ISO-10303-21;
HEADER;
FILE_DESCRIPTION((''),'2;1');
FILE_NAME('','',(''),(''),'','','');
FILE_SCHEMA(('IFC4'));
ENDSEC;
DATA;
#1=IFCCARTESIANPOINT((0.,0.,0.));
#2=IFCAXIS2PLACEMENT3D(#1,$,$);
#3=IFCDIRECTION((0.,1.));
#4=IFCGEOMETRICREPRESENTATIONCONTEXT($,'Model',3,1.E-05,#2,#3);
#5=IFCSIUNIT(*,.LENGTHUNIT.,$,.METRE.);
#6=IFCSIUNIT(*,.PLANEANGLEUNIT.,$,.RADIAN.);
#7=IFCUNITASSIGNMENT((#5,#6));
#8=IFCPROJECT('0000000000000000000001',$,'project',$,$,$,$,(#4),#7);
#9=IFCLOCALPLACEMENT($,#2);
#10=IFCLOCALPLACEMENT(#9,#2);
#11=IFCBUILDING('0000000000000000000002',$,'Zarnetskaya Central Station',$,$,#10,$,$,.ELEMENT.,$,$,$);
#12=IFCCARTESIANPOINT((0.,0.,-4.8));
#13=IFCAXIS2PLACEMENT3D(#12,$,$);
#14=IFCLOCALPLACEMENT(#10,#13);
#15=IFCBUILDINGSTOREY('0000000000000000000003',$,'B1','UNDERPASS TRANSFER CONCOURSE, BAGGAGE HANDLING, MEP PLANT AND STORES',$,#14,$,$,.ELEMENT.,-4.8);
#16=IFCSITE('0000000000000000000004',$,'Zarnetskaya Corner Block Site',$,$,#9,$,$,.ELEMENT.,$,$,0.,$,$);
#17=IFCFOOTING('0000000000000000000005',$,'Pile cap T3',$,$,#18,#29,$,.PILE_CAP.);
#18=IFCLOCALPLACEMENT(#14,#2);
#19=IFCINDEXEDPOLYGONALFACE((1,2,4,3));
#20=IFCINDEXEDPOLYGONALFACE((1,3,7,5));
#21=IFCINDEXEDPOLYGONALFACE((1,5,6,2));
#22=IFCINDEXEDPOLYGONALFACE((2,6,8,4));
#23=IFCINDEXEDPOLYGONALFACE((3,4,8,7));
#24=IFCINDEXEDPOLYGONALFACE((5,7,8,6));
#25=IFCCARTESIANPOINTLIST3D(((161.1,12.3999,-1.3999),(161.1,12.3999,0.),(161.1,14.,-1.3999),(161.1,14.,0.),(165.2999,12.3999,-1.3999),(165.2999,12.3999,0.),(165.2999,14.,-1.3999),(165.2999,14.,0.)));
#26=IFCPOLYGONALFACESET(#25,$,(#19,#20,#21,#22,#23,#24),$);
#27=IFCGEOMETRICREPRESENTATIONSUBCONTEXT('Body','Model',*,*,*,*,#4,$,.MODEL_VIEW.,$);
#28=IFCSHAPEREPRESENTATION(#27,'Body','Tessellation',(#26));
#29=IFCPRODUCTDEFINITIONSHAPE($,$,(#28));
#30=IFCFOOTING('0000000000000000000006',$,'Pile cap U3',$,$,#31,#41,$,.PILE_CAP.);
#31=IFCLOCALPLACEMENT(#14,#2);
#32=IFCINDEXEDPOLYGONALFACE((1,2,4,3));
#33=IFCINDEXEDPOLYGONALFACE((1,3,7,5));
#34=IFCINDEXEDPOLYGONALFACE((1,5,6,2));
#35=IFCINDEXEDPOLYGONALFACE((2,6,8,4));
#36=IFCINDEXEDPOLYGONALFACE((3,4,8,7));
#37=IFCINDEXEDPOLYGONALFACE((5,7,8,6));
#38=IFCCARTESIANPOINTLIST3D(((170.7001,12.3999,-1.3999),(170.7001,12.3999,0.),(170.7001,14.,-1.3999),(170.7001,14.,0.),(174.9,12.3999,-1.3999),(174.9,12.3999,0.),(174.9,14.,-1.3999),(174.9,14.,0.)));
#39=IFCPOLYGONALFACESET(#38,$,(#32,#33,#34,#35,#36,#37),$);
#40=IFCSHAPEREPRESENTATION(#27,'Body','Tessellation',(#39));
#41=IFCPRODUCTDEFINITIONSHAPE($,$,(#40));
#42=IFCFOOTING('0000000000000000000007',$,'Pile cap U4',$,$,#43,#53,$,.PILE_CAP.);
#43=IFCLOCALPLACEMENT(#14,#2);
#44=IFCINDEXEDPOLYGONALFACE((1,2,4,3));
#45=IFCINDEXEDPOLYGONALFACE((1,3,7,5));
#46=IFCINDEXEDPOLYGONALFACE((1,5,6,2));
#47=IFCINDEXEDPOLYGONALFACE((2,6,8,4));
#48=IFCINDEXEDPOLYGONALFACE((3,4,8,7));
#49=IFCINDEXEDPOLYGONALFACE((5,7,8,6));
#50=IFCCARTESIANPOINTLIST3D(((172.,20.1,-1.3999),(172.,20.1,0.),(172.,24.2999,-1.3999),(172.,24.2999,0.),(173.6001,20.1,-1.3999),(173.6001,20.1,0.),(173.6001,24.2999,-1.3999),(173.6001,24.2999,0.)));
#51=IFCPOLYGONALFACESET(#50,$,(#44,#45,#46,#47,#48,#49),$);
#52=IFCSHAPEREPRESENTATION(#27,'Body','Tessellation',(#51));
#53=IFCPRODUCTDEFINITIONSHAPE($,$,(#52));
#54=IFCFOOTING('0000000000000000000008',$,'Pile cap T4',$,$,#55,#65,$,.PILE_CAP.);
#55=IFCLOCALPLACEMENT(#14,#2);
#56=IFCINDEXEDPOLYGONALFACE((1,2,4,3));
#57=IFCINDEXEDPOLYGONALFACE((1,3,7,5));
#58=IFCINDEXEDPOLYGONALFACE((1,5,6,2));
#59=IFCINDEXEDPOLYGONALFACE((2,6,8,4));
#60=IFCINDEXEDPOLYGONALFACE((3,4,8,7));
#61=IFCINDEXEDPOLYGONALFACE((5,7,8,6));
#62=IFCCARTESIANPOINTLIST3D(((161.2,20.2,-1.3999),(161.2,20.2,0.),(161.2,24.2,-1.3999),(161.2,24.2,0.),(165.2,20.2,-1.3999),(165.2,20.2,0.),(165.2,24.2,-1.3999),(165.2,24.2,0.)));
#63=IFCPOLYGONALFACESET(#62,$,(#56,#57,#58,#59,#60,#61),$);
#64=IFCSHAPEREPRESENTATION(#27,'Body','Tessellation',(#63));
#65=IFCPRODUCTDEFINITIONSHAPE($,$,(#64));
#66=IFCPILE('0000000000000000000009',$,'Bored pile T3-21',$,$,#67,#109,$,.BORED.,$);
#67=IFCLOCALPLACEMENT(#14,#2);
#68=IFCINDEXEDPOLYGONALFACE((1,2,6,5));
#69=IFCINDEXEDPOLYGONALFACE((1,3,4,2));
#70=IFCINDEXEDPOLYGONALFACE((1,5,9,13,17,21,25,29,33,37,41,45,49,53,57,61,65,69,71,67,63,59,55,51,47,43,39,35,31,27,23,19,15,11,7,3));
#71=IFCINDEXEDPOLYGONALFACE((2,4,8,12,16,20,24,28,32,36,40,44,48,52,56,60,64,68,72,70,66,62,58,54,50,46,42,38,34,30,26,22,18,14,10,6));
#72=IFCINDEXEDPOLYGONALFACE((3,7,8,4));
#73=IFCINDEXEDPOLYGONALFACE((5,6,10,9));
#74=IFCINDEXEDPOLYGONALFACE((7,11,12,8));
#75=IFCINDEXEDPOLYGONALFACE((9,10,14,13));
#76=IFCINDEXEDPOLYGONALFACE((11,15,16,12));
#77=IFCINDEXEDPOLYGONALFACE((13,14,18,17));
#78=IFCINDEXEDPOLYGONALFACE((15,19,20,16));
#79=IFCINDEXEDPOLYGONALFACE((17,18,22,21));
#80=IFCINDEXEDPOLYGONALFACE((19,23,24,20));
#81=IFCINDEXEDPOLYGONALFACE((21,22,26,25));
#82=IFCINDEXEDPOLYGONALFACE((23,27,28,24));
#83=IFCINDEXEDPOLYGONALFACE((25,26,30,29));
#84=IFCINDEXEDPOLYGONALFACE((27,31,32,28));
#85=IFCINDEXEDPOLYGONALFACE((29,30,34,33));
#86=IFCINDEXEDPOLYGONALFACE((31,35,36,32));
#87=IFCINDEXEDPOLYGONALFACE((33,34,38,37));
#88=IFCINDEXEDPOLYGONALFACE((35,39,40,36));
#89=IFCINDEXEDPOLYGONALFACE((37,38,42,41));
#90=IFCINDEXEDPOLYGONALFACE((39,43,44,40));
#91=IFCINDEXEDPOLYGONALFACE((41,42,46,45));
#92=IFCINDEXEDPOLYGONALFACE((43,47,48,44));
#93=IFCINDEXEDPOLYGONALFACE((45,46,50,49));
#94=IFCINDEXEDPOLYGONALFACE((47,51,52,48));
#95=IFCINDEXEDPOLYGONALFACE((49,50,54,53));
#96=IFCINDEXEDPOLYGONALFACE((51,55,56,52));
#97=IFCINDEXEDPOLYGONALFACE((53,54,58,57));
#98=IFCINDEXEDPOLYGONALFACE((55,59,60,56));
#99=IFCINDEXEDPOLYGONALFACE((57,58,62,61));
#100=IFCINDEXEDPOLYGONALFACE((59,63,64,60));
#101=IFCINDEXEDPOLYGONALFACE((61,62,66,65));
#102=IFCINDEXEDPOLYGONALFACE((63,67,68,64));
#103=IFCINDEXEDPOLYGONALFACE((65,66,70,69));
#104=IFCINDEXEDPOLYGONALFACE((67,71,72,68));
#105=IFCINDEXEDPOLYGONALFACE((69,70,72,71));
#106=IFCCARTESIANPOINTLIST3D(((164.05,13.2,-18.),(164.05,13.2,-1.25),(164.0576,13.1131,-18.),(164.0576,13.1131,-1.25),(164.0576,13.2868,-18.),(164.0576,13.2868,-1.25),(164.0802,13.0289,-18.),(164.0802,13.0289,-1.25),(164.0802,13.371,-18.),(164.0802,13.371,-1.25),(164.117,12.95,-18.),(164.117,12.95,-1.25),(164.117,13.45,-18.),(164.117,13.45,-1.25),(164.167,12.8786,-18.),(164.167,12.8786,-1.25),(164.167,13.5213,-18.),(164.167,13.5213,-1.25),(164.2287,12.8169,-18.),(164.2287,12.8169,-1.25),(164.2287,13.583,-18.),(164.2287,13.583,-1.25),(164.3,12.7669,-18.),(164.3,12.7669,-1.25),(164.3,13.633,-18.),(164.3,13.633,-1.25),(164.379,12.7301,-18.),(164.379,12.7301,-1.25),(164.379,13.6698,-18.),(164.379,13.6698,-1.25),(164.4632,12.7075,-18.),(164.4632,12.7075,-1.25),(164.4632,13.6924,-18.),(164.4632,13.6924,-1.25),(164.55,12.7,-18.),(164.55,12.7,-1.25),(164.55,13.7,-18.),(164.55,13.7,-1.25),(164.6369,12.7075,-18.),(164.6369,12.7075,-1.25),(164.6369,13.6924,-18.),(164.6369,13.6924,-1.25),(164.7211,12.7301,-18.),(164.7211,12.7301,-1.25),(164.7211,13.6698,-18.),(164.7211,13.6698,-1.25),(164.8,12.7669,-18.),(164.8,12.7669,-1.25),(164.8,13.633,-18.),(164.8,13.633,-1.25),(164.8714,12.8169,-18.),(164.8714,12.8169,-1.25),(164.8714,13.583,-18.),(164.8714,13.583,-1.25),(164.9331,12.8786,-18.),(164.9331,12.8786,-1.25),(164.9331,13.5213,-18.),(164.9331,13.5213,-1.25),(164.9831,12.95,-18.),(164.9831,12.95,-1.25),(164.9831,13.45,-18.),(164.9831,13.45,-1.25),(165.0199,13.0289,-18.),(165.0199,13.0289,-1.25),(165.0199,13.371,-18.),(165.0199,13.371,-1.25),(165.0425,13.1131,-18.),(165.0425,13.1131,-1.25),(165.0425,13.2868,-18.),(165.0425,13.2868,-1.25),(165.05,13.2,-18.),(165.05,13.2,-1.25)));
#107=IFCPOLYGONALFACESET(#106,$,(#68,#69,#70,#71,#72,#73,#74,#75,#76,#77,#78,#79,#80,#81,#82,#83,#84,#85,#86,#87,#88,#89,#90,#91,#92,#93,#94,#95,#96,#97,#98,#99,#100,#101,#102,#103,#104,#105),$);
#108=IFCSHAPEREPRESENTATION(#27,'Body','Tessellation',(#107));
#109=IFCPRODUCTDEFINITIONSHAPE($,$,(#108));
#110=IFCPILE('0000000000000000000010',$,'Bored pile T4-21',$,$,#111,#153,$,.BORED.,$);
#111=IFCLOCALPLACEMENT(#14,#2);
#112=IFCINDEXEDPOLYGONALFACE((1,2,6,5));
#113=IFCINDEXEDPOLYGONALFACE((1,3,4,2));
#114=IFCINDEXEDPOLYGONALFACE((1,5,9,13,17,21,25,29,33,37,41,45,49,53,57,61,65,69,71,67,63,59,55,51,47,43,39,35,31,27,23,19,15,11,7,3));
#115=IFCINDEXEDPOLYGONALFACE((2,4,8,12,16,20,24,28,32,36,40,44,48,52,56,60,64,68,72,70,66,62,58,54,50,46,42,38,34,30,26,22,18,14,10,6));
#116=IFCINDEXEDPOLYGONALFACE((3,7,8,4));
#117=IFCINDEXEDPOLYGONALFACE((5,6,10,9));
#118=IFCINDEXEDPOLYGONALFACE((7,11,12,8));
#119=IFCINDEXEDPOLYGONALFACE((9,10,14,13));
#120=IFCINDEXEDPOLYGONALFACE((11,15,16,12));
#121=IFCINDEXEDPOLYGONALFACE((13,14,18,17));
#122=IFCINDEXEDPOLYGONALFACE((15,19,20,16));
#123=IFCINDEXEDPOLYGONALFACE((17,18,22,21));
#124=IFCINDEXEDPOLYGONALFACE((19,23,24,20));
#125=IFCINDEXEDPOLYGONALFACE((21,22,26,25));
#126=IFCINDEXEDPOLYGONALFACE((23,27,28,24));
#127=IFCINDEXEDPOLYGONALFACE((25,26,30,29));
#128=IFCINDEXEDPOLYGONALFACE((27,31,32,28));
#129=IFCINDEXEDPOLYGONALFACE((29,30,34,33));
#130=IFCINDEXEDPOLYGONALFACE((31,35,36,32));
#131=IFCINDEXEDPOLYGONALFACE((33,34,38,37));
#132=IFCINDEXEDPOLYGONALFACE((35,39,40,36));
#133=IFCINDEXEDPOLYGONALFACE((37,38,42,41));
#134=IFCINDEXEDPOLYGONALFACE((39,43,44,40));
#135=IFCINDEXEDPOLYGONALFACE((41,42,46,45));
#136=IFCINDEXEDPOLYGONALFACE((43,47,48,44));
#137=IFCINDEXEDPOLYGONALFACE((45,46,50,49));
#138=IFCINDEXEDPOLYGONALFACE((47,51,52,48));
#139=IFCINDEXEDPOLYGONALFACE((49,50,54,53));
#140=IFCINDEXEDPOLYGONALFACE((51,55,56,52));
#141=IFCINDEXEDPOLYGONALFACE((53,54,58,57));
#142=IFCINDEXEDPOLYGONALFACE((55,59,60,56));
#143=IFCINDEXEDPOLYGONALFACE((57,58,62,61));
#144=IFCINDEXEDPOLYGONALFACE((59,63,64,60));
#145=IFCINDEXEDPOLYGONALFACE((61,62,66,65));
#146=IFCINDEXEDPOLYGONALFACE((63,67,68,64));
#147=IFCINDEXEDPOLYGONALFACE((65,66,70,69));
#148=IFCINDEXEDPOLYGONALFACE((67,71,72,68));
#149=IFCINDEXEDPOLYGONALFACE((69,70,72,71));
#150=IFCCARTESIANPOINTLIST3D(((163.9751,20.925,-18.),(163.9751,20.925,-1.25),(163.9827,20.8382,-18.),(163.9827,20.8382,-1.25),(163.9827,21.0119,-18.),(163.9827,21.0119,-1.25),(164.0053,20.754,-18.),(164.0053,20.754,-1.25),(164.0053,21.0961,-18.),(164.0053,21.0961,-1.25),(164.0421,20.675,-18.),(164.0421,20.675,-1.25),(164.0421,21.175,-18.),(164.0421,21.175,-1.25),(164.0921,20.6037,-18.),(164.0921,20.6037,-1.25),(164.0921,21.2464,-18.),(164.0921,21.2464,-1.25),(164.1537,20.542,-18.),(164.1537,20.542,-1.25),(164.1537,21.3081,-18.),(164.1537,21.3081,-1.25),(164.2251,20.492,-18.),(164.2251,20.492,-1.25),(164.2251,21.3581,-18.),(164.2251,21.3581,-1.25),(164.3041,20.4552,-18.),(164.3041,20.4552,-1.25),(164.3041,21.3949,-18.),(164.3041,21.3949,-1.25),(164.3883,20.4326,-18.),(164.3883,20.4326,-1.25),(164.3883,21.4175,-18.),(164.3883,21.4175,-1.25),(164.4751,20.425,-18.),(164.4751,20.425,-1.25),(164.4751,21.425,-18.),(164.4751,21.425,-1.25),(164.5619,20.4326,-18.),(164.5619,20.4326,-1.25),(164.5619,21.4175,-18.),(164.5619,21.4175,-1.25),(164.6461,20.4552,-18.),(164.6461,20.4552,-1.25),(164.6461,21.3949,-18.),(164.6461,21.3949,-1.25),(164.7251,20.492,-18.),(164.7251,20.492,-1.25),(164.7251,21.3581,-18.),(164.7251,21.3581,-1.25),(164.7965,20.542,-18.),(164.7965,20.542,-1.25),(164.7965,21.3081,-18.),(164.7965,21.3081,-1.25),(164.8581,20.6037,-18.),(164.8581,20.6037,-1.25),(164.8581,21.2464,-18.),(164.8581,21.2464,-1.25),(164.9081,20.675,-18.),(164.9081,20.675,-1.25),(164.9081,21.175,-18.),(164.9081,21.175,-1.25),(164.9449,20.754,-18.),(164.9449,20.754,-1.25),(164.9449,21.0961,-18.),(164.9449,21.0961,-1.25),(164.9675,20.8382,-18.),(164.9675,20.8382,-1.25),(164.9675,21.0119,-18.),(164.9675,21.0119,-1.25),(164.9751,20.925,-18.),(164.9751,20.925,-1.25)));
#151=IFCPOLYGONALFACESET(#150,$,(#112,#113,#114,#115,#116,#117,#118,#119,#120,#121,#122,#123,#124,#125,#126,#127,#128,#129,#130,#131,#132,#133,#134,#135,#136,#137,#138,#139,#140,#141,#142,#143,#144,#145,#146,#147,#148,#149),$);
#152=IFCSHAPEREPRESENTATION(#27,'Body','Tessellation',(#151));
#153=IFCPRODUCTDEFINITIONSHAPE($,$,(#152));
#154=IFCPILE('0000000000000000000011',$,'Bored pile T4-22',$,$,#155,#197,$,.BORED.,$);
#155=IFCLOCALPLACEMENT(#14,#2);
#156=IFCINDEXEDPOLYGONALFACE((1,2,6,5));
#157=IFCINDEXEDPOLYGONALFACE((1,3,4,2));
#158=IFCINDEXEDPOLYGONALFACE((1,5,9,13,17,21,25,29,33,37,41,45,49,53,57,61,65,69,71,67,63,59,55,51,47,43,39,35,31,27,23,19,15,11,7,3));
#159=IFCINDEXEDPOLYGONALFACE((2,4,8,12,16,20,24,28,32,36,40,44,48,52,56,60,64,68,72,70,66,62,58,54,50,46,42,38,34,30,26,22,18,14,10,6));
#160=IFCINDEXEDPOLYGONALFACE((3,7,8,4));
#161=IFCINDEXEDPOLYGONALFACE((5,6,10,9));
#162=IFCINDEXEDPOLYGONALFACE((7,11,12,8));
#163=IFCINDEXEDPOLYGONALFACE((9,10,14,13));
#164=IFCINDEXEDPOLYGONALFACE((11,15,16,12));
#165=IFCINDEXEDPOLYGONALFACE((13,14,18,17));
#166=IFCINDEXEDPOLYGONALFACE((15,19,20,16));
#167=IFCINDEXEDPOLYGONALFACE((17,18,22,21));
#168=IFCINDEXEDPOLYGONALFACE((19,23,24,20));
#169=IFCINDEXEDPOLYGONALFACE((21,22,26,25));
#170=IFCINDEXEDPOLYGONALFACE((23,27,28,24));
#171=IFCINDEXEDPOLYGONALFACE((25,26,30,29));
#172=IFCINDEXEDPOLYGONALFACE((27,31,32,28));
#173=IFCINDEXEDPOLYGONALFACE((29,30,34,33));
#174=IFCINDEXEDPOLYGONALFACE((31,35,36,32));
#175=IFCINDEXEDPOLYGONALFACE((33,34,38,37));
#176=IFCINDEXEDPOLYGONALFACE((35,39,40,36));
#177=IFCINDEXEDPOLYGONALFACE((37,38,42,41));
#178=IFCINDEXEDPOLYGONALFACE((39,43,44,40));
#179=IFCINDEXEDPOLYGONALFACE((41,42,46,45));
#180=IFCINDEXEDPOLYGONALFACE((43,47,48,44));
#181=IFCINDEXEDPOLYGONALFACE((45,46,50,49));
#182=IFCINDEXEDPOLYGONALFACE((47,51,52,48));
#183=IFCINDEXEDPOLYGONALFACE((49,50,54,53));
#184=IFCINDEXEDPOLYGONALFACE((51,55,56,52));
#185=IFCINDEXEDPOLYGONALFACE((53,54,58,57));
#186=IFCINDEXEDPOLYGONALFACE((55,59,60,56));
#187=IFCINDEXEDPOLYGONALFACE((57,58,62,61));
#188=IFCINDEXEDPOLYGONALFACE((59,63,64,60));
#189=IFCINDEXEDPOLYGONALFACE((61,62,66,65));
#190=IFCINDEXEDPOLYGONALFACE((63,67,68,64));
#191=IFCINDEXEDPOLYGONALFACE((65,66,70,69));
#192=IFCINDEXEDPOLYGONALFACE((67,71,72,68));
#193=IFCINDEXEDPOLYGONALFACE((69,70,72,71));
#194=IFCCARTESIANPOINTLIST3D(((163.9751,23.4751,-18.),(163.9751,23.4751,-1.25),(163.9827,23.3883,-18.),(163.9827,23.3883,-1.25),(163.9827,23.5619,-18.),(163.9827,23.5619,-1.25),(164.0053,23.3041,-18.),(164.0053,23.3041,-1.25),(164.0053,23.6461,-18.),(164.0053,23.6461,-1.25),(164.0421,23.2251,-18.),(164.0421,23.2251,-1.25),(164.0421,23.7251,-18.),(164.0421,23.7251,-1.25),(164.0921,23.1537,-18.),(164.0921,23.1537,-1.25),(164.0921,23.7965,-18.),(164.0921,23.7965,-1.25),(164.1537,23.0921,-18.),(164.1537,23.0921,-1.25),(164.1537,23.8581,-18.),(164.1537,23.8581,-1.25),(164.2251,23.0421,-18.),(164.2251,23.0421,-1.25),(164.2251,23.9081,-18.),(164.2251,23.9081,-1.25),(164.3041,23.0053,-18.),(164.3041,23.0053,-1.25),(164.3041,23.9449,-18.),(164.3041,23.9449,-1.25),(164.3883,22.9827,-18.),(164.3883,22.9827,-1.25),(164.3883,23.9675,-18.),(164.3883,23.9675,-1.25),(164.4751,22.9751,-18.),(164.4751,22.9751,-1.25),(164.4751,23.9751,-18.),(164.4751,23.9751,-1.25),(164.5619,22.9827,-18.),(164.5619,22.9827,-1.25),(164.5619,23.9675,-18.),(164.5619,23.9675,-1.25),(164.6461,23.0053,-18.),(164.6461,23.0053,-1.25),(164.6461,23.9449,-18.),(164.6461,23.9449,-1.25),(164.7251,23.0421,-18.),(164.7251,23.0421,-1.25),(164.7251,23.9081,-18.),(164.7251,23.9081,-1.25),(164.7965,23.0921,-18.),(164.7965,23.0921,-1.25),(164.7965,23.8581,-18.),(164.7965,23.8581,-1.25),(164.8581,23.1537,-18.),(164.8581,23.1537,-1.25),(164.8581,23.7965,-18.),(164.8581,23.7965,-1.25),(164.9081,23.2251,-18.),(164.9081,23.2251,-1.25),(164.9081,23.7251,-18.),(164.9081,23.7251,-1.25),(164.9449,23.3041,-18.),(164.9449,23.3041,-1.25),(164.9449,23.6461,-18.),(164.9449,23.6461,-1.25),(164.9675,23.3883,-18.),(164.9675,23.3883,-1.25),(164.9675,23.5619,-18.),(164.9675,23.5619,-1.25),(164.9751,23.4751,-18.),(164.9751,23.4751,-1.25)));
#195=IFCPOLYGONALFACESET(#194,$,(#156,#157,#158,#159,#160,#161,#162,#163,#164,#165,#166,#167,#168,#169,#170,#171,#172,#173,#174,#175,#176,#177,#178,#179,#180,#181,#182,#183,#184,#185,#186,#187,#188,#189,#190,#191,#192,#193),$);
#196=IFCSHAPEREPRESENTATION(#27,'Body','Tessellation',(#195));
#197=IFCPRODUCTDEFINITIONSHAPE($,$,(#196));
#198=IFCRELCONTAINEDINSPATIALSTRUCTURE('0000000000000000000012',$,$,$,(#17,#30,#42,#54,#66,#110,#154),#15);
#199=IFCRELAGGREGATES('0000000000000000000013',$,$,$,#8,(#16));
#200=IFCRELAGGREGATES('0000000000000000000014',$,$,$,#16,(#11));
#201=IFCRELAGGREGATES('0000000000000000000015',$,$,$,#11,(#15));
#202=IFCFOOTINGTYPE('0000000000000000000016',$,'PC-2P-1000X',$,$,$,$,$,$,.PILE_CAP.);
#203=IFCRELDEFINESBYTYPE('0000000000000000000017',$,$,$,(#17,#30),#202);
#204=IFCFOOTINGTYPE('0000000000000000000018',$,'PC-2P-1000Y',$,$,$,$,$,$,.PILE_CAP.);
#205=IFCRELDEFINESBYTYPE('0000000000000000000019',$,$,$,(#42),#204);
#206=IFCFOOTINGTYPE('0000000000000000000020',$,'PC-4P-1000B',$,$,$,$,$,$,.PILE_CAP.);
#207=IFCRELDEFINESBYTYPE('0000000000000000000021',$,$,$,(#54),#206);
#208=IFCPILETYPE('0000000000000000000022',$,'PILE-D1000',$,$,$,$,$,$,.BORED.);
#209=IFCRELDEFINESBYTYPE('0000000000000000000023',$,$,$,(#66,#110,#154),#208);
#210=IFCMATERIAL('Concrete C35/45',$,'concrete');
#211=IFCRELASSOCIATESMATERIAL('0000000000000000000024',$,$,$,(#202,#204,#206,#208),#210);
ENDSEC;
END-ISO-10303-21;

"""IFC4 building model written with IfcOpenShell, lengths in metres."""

from ifc_helpers import new_model, si_unit, direction, frame, origin, origin_2d, place, context, subcontext, project, spatial, rectangle, circle, extrude, material, material_profile, profile_set, type_object, element, save


model = new_model("IFC4")

# Units and contexts
model_context = context("Model", 3, precision=1e-05, world=origin(), true_north=direction((0.0, 1.0)))
body_context = subcontext(model_context, "Body", "Model", "MODEL_VIEW")
ifc_project = project(units=[si_unit("LENGTHUNIT", "METRE"), si_unit("PLANEANGLEUNIT", "RADIAN")], contexts=[model_context])

# Site, building, storey
site_placement = place(None, origin())
site = spatial("IfcSite", under=ifc_project, at=site_placement, Name="Zarnetskaya Corner Block Site", CompositionType="ELEMENT", RefElevation=0.0)
building_placement = place(site_placement, origin())
building = spatial("IfcBuilding", under=site, at=building_placement, Name="Zarnetskaya Central Station", CompositionType="ELEMENT")
storey_placement = place(building_placement, frame((0.0, 0.0, -4.8)))
storey = spatial("IfcBuildingStorey", under=building, at=storey_placement, Name="B1", Description="UNDERPASS TRANSFER CONCOURSE, BAGGAGE HANDLING, MEP PLANT AND STORES", CompositionType="ELEMENT", Elevation=-4.8)

# Footings
ifc_material = material(Name="Concrete C35/45", Category="concrete")
footing_type_1 = type_object("IfcFootingType", Name="PC-2P-1000X", PredefinedType="PILE_CAP", material=ifc_material)
for number, where, z_axis, x_axis, name in (
    (1, (163.2, 13.2, -1.3999), (0.0, 0.0, 1.0), (1.0, 0.0, 0.0), "Pile cap T3"),
    (2, (172.8, 13.2, -1.3999), (0.0, 0.0, 1.0), (1.0, 0.0, 0.0), "Pile cap U3"),
):
    element("IfcFooting", number, at=place(storey_placement, frame(where, z_axis=z_axis, x_axis=x_axis)), inside=storey, type_object=footing_type_1, Name=name, PredefinedType="PILE_CAP", context=body_context, shape_type="SweptSolid", body=[
        extrude(rectangle(XDim=4.2, YDim=1.6001, at=origin_2d()), origin(), (0.0, 0.0, 1.0), 1.3999),
    ])
footing_type_2 = type_object("IfcFootingType", Name="PC-2P-1000Y", PredefinedType="PILE_CAP", material=ifc_material)
footing_1_placement = place(storey_placement, frame((172.8, 22.2, -1.3999), z_axis=(0.0, 0.0, 1.0), x_axis=(1.0, 0.0, 0.0)))
element("IfcFooting", 3, at=footing_1_placement, inside=storey, type_object=footing_type_2, Name="Pile cap U4", PredefinedType="PILE_CAP", context=body_context, shape_type="SweptSolid", body=[
    extrude(rectangle(XDim=1.6001, YDim=4.2, at=origin_2d()), origin(), (0.0, 0.0, 1.0), 1.3999),
])
footing_type_3 = type_object("IfcFootingType", Name="PC-4P-1000B", PredefinedType="PILE_CAP", material=ifc_material)
footing_2_placement = place(storey_placement, frame((163.2, 22.2, -1.3999), z_axis=(0.0, 0.0, 1.0), x_axis=(1.0, 0.0, 0.0)))
element("IfcFooting", 4, at=footing_2_placement, inside=storey, type_object=footing_type_3, Name="Pile cap T4", PredefinedType="PILE_CAP", context=body_context, shape_type="SweptSolid", body=[
    extrude(rectangle(XDim=4.0, YDim=4.0, at=origin_2d()), origin(), (0.0, 0.0, 1.0), 1.3999),
])

# Piles
ifc_material_profile_1 = material_profile(ifc_material, circle(Radius=0.5, at=origin_2d()), Name="BORED PILE D1000")
ifc_profile_set_1 = profile_set([ifc_material_profile_1], Name="Concrete C35/45")
pile_type_1 = type_object("IfcPileType", Name="PILE-D1000", PredefinedType="BORED", material=ifc_profile_set_1)
for number, where, z_axis, x_axis, name in (
    (5, (164.55, 13.2, -1.25), (0.0, 0.0, -1.0), (1.0, 0.0, 0.0), "Bored pile T3-21"),
    (6, (164.4751, 20.925, -1.25), (0.0, 0.0, -1.0), (1.0, 0.0, 0.0), "Bored pile T4-21"),
    (7, (164.4751, 23.4751, -1.25), (0.0, 0.0, -1.0), (1.0, 0.0, 0.0), "Bored pile T4-22"),
):
    element("IfcPile", number, at=place(storey_placement, frame(where, z_axis=z_axis, x_axis=x_axis)), inside=storey, type_object=pile_type_1, Name=name, PredefinedType="BORED", context=body_context, shape_type="SweptSolid", body=[
        extrude(circle(Radius=0.5, at=origin_2d()), origin(), (0.0, 0.0, 1.0), 16.75),
    ])

save(model, "model.ifc")
